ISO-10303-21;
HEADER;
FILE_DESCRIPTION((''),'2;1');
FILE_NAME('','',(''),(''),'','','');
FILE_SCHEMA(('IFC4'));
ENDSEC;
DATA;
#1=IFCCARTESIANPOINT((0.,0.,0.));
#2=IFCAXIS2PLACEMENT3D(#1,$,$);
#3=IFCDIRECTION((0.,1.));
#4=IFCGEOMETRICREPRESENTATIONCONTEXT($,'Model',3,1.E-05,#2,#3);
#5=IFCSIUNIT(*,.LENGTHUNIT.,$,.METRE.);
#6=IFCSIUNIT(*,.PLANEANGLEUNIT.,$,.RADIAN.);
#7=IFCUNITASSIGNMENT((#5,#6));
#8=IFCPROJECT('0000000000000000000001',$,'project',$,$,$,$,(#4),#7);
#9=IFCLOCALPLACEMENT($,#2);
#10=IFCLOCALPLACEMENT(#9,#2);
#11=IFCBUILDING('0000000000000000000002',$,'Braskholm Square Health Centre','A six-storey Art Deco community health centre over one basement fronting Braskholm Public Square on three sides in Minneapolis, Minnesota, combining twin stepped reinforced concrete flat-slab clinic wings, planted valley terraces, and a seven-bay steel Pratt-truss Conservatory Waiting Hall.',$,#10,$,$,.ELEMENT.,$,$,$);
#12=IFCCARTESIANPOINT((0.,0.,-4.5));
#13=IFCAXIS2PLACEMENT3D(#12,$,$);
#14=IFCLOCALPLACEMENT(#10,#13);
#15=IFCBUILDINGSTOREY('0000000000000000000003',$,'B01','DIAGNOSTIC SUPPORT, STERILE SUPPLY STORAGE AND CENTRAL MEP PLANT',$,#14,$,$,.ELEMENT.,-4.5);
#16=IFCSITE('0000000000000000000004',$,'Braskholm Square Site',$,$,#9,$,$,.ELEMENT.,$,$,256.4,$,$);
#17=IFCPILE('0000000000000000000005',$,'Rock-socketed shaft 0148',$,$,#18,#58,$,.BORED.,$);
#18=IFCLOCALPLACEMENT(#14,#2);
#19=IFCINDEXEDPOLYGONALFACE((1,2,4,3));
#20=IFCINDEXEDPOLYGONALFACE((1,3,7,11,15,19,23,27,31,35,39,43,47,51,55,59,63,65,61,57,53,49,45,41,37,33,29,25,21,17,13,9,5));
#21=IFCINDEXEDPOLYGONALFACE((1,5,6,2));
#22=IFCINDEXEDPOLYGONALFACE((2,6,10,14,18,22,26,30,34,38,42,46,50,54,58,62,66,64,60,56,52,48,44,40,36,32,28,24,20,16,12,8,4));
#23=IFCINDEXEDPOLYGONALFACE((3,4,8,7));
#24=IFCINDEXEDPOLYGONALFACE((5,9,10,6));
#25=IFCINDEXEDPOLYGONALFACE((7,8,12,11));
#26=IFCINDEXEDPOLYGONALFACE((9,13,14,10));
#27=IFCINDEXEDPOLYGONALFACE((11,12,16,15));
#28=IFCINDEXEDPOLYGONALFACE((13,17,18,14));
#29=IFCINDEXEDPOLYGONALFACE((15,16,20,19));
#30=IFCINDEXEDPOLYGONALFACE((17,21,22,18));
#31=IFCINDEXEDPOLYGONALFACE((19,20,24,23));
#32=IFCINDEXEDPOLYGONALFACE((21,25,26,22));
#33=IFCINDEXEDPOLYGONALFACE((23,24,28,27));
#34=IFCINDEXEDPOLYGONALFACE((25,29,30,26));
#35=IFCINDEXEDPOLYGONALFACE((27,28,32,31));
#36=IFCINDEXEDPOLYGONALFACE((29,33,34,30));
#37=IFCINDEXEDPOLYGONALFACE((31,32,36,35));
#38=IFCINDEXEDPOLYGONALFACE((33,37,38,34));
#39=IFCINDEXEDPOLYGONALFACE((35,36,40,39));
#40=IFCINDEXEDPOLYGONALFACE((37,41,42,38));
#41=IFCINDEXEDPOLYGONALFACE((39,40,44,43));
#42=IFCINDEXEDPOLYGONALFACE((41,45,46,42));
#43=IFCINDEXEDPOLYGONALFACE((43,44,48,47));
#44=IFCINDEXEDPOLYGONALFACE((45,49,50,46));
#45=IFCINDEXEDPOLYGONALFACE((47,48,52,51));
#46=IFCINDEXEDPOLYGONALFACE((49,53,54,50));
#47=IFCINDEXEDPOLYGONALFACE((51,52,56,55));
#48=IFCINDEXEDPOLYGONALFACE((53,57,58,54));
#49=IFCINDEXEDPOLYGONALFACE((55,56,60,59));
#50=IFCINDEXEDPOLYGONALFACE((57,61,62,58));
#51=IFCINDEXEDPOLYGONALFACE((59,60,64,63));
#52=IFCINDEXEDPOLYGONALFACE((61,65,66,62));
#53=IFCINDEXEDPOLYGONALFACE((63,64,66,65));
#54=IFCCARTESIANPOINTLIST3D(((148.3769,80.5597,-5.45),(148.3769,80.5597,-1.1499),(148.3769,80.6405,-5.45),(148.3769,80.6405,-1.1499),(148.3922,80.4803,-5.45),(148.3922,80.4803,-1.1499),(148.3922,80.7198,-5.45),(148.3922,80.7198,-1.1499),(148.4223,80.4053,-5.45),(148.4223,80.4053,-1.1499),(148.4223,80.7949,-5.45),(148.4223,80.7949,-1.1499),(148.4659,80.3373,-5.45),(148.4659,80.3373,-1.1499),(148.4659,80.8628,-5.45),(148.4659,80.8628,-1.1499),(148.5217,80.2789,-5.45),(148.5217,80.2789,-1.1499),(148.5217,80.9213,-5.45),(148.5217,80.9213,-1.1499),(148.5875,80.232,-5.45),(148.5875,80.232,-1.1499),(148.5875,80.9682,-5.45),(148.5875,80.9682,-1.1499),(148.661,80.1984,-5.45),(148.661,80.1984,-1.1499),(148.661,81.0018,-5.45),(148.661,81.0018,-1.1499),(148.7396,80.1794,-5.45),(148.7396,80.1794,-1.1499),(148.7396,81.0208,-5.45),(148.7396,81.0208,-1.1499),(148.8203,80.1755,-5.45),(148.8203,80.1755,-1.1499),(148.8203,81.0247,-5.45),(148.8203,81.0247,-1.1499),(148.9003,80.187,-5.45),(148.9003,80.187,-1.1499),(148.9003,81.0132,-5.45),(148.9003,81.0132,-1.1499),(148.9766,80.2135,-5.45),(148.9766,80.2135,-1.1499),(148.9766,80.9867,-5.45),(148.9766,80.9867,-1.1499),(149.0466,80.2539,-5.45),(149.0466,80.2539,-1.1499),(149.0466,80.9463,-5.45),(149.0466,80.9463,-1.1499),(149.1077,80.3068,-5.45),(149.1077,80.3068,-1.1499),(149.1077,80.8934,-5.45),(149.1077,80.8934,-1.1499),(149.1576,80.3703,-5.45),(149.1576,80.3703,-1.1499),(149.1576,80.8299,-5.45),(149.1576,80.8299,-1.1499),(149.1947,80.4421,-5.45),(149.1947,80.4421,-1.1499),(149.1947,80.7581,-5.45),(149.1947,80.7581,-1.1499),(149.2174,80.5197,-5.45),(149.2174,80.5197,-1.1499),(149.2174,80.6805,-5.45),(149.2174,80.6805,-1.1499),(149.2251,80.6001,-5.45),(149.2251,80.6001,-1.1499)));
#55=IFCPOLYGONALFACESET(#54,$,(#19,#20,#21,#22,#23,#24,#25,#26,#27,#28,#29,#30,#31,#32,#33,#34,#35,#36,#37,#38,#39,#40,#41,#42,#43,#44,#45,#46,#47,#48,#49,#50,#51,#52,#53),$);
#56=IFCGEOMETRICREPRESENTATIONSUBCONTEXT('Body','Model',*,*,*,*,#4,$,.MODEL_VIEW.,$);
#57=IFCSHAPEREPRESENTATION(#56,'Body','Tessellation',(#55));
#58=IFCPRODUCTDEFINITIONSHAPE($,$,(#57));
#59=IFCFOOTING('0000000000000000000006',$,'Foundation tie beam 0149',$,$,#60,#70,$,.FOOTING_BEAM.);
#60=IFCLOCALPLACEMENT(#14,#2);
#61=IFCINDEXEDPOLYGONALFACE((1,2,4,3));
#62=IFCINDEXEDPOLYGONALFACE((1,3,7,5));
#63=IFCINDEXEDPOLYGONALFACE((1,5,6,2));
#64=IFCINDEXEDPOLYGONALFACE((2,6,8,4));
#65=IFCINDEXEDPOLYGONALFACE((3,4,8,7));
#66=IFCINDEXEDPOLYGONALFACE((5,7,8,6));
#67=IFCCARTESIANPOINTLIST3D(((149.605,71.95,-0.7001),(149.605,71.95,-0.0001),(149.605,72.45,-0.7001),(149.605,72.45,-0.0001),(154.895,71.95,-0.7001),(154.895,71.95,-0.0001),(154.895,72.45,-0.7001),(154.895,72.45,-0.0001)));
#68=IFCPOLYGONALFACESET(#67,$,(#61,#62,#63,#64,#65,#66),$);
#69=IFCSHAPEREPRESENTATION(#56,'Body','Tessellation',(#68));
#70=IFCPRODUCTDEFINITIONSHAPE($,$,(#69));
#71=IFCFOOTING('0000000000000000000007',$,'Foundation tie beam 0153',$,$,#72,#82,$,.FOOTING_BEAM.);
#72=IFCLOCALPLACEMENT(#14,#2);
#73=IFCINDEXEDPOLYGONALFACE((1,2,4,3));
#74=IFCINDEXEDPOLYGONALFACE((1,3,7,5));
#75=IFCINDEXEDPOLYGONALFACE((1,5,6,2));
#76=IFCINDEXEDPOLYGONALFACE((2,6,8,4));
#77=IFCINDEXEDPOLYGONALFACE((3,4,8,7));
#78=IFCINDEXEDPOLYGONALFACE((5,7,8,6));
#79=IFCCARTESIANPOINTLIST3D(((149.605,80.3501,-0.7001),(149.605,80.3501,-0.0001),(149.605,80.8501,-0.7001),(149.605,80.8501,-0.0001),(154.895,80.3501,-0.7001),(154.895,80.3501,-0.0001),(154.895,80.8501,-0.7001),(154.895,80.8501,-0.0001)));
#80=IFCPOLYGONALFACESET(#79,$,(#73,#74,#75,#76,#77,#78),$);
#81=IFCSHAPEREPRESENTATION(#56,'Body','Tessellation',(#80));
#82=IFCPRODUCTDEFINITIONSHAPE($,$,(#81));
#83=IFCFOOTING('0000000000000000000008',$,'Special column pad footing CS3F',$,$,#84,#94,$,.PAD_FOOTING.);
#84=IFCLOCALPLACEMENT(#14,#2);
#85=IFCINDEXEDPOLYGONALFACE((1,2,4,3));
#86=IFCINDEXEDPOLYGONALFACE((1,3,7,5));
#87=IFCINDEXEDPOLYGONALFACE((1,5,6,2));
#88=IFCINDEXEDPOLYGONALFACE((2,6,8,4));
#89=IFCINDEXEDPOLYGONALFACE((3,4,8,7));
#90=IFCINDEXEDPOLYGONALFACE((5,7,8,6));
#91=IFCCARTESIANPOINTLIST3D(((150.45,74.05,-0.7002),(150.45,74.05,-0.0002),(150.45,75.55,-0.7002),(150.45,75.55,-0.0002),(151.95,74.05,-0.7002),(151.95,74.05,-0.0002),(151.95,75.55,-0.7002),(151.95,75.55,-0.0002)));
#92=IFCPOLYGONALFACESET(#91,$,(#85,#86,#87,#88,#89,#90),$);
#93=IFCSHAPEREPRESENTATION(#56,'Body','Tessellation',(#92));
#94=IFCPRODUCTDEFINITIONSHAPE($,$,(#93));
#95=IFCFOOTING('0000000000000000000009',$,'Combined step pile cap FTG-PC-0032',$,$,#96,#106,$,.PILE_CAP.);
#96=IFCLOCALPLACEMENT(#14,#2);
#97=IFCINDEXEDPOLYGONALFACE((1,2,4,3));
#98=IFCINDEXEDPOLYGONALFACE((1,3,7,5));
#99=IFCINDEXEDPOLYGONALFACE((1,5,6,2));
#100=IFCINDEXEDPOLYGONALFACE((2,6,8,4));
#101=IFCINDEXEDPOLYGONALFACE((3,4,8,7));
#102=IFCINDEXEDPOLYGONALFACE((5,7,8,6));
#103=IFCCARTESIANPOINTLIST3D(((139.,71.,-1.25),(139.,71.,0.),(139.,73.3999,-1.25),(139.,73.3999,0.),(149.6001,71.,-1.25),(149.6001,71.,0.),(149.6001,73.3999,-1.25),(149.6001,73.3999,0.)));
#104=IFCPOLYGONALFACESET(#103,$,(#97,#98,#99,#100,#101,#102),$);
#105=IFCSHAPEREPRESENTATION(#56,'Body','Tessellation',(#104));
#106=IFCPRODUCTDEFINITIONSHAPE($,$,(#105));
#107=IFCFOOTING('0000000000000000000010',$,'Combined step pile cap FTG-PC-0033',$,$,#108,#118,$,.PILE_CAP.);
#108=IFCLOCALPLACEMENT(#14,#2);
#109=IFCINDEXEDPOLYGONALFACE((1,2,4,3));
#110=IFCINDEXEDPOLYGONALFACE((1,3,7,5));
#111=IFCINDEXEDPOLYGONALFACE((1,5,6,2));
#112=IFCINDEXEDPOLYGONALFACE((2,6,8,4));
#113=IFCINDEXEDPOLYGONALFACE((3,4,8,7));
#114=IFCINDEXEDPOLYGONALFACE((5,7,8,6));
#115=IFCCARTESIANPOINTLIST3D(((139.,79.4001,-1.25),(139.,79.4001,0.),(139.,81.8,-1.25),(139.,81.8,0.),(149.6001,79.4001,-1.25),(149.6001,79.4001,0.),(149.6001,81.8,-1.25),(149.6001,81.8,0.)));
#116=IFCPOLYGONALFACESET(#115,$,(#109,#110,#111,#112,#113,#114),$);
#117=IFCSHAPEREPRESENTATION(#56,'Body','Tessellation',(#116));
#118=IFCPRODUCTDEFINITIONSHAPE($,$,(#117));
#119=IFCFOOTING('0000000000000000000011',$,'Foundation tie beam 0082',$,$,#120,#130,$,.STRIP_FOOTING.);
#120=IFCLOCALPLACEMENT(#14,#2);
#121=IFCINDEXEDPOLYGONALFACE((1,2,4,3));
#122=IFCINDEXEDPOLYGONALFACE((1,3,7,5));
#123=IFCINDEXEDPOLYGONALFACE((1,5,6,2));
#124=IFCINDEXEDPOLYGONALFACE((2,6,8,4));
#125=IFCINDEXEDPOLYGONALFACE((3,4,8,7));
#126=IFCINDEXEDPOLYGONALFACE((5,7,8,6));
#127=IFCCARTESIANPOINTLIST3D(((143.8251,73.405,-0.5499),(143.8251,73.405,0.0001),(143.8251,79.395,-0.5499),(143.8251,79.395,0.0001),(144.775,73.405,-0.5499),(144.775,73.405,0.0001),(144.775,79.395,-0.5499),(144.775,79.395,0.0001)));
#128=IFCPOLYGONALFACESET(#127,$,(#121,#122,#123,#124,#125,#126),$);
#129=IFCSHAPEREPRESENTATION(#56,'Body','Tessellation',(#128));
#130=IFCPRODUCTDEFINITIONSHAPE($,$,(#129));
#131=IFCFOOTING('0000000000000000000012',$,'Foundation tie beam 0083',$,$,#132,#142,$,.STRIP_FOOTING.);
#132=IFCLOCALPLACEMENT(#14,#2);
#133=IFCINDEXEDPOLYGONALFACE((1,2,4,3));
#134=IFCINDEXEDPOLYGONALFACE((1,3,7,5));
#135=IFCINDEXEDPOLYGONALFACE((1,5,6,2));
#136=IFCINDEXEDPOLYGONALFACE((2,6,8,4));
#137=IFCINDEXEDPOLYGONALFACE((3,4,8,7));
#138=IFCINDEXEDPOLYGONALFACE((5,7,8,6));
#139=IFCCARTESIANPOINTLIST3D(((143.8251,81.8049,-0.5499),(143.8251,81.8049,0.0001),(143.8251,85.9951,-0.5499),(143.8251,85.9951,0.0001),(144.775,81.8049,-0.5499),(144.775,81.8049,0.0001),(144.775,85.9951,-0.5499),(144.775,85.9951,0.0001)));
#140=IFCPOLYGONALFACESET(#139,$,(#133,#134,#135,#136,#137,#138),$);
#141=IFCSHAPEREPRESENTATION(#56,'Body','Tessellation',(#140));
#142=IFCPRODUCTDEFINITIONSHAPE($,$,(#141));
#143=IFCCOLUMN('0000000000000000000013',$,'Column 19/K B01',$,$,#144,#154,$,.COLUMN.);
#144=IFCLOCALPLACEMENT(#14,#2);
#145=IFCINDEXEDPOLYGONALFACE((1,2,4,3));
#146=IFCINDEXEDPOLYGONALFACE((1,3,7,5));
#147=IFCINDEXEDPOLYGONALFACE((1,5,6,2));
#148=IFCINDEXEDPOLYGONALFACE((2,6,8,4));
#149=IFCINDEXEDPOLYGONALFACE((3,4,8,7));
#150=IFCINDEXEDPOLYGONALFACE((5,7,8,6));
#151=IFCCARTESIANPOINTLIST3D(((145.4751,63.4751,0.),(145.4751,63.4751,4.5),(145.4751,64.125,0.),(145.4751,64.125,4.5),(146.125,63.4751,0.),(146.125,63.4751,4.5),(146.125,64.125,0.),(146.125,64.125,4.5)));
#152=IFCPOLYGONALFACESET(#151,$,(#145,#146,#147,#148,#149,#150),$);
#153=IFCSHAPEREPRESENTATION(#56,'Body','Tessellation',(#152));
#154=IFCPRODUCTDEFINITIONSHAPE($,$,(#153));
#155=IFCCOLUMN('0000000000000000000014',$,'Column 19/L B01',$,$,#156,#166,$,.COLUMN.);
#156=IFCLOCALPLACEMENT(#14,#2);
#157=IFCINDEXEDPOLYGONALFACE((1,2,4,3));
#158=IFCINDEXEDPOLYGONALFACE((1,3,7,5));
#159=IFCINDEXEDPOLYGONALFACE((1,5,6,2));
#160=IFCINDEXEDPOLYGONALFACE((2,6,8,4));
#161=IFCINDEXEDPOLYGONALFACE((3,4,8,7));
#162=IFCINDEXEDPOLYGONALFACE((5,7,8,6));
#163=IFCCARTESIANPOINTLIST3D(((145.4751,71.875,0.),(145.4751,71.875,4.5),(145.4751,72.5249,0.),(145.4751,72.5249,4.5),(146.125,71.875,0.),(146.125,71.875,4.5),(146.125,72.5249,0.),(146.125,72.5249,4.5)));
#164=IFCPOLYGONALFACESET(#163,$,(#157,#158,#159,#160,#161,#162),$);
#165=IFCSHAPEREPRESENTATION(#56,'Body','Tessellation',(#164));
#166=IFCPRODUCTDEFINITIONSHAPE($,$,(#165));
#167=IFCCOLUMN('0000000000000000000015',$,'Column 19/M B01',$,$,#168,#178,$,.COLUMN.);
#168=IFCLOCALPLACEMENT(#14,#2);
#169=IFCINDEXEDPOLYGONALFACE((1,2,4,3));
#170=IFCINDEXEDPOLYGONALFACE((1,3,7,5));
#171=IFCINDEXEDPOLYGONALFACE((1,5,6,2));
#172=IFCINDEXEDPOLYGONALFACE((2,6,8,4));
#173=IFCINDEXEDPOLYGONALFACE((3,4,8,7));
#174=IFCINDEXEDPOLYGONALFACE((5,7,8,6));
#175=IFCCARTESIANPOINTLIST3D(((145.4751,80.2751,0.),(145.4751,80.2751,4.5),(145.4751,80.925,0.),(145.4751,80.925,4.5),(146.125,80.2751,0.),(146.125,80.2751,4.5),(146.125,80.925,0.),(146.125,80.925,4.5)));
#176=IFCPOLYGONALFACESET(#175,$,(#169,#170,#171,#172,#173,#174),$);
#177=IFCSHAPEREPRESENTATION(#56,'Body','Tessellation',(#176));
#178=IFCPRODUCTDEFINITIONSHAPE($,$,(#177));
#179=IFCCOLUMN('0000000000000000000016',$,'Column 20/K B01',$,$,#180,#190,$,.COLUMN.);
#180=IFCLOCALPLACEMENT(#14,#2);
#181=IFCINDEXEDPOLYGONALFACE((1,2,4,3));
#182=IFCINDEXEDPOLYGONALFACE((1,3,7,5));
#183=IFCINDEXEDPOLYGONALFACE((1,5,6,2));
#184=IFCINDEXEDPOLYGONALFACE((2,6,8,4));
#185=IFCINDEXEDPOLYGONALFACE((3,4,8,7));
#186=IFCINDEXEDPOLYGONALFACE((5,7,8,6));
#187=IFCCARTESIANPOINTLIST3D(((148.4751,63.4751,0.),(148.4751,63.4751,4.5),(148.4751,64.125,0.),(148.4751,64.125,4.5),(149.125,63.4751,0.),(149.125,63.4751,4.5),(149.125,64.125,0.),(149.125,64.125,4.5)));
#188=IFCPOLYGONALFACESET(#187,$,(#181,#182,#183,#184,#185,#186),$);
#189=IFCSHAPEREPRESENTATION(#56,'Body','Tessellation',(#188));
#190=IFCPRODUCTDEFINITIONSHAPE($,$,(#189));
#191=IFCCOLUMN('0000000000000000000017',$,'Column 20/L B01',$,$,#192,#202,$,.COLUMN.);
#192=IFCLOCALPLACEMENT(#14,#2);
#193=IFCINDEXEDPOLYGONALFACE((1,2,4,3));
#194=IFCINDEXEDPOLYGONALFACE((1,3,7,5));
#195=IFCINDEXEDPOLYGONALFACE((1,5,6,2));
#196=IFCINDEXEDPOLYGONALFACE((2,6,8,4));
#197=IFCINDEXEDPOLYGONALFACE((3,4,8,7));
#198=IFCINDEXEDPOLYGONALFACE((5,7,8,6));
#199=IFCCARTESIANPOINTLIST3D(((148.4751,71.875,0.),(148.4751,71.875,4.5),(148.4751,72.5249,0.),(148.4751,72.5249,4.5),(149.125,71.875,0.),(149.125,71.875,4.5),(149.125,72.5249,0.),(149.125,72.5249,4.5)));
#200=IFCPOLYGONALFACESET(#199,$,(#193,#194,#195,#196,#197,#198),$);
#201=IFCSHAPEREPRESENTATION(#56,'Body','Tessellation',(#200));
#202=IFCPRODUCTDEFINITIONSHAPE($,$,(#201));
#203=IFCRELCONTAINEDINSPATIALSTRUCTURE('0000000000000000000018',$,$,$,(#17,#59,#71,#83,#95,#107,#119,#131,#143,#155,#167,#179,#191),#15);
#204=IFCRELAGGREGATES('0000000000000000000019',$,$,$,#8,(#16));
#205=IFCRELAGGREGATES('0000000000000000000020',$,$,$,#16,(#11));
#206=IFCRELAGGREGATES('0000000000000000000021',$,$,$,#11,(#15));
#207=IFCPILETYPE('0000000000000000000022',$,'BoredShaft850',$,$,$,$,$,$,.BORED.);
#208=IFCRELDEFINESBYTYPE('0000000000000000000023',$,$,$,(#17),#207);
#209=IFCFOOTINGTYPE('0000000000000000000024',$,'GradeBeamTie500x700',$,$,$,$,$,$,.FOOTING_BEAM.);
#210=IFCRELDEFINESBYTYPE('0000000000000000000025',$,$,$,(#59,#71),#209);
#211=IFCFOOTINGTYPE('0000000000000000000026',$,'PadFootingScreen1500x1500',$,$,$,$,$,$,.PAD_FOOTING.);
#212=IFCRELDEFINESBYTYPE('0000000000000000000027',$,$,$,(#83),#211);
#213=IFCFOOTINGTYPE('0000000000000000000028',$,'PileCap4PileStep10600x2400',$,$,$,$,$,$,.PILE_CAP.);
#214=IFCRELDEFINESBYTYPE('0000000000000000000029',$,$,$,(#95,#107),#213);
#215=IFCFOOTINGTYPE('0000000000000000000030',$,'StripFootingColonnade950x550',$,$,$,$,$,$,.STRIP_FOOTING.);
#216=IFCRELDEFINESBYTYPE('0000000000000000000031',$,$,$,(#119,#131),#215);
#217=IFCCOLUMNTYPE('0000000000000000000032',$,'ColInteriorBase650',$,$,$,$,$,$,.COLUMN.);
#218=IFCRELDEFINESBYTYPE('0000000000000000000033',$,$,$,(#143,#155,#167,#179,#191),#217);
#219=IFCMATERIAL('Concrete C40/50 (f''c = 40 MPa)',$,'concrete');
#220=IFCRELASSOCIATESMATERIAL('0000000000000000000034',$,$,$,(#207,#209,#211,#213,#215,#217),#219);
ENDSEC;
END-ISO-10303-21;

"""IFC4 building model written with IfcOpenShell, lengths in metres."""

from ifc_helpers import new_model, si_unit, direction, frame, origin, origin_2d, place, context, subcontext, project, spatial, rectangle, circle, extrude, material, material_profile, profile_set, type_object, element, save


model = new_model("IFC4")

# Units and contexts
model_context = context("Model", 3, precision=1e-05, world=origin(), true_north=direction((0.0, 1.0)))
body_context = subcontext(model_context, "Body", "Model", "MODEL_VIEW")
ifc_project = project(units=[si_unit("LENGTHUNIT", "METRE"), si_unit("PLANEANGLEUNIT", "RADIAN")], contexts=[model_context])

# Site, building, storey
site_placement = place(None, origin())
site = spatial("IfcSite", under=ifc_project, at=site_placement, Name="Braskholm Square Site", CompositionType="ELEMENT", RefElevation=256.4)
building_placement = place(site_placement, origin())
building = spatial("IfcBuilding", under=site, at=building_placement, Name="Braskholm Square Health Centre", Description="A six-storey Art Deco community health centre over one basement fronting Braskholm Public Square on three sides in Minneapolis, Minnesota, combining twin stepped reinforced concrete flat-slab clinic wings, planted valley terraces, and a seven-bay steel Pratt-truss Conservatory Waiting Hall.", CompositionType="ELEMENT")
storey_placement = place(building_placement, frame((0.0, 0.0, -4.5)))
storey = spatial("IfcBuildingStorey", under=building, at=storey_placement, Name="B01", Description="DIAGNOSTIC SUPPORT, STERILE SUPPLY STORAGE AND CENTRAL MEP PLANT", CompositionType="ELEMENT", Elevation=-4.5)

# Pile
ifc_material_1 = material(Name="Concrete C40/50 (f'c = 40 MPa)", Category="concrete")
ifc_material_profile_1 = material_profile(ifc_material_1, circle(Radius=0.425, at=origin_2d()), Name="BORED-PILE-850")
ifc_profile_set_1 = profile_set([ifc_material_profile_1], Name="Concrete C40/50 (f'c = 40 MPa)")
pile_type = type_object("IfcPileType", Name="BoredShaft850", PredefinedType="BORED", material=ifc_profile_set_1)
for number, where, z_axis, x_axis, name in (
    (1, (148.8, 80.6001, -1.1499), (0.0, 0.0, -1.0), (1.0, 0.0, 0.0), "Rock-socketed shaft 0148"),
):
    element("IfcPile", number, at=place(storey_placement, frame(where, z_axis=z_axis, x_axis=x_axis)), inside=storey, type_object=pile_type, Name=name, PredefinedType="BORED", context=body_context, shape_type="SweptSolid", body=[
        extrude(circle(Radius=0.425, at=origin_2d()), origin(), (0.0, 0.0, 1.0), 4.3),
    ])

# Footings
ifc_material_profile_2 = material_profile(ifc_material_1, rectangle(XDim=0.5, YDim=0.7, at=origin_2d()), Name="FTG-500X700")
ifc_profile_set_2 = profile_set([ifc_material_profile_2], Name="Concrete C40/50 (f'c = 40 MPa)")
footing_type_1 = type_object("IfcFootingType", Name="GradeBeamTie500x700", PredefinedType="FOOTING_BEAM", material=ifc_profile_set_2)
for number, where, z_axis, x_axis, name in (
    (2, (149.605, 72.2, -0.3501), (1.0, 0.0, 0.0), (0.0, 1.0, 0.0), "Foundation tie beam 0149"),
    (3, (149.605, 80.6001, -0.3501), (1.0, 0.0, 0.0), (0.0, 1.0, 0.0), "Foundation tie beam 0153"),
):
    element("IfcFooting", number, at=place(storey_placement, frame(where, z_axis=z_axis, x_axis=x_axis)), inside=storey, type_object=footing_type_1, Name=name, PredefinedType="FOOTING_BEAM", context=body_context, shape_type="SweptSolid", body=[
        extrude(rectangle(XDim=0.5, YDim=0.7, at=origin_2d()), origin(), (0.0, 0.0, 1.0), 5.29),
    ])
footing_type_2 = type_object("IfcFootingType", Name="PadFootingScreen1500x1500", PredefinedType="PAD_FOOTING", material=ifc_material_1)
footing_1_placement = place(storey_placement, frame((151.2, 74.8, -0.7002), z_axis=(0.0, 0.0, 1.0), x_axis=(1.0, 0.0, 0.0)))
element("IfcFooting", 4, at=footing_1_placement, inside=storey, type_object=footing_type_2, Name="Special column pad footing CS3F", PredefinedType="PAD_FOOTING", context=body_context, shape_type="SweptSolid", body=[
    extrude(rectangle(XDim=1.5, YDim=1.5, at=origin_2d()), origin(), (0.0, 0.0, 1.0), 0.7),
])
footing_type_3 = type_object("IfcFootingType", Name="PileCap4PileStep10600x2400", PredefinedType="PILE_CAP", material=ifc_material_1)
for number, where, z_axis, x_axis, name in (
    (5, (144.3, 72.2, -1.25), (0.0, 0.0, 1.0), (1.0, 0.0, 0.0), "Combined step pile cap FTG-PC-0032"),
    (6, (144.3, 80.6001, -1.25), (0.0, 0.0, 1.0), (1.0, 0.0, 0.0), "Combined step pile cap FTG-PC-0033"),
):
    element("IfcFooting", number, at=place(storey_placement, frame(where, z_axis=z_axis, x_axis=x_axis)), inside=storey, type_object=footing_type_3, Name=name, PredefinedType="PILE_CAP", context=body_context, shape_type="SweptSolid", body=[
        extrude(rectangle(XDim=10.6001, YDim=2.3999, at=origin_2d()), origin(), (0.0, 0.0, 1.0), 1.25),
    ])
ifc_material_profile_3 = material_profile(ifc_material_1, rectangle(XDim=0.95, YDim=0.55, at=origin_2d()), Name="FTG-950X550")
ifc_profile_set_3 = profile_set([ifc_material_profile_3], Name="Concrete C40/50 (f'c = 40 MPa)")
footing_type_4 = type_object("IfcFootingType", Name="StripFootingColonnade950x550", PredefinedType="STRIP_FOOTING", material=ifc_profile_set_3)
footing_2_placement = place(storey_placement, frame((144.3, 73.405, -0.2749), z_axis=(0.0, 1.0, 0.0), x_axis=(-1.0, 0.0, 0.0)))
element("IfcFooting", 7, at=footing_2_placement, inside=storey, type_object=footing_type_4, Name="Foundation tie beam 0082", PredefinedType="STRIP_FOOTING", context=body_context, shape_type="SweptSolid", body=[
    extrude(rectangle(XDim=0.95, YDim=0.55, at=origin_2d()), origin(), (0.0, 0.0, 1.0), 5.99),
])
footing_3_placement = place(storey_placement, frame((144.3, 81.8049, -0.2749), z_axis=(0.0, 1.0, 0.0), x_axis=(-1.0, 0.0, 0.0)))
element("IfcFooting", 8, at=footing_3_placement, inside=storey, type_object=footing_type_4, Name="Foundation tie beam 0083", PredefinedType="STRIP_FOOTING", context=body_context, shape_type="SweptSolid", body=[
    extrude(rectangle(XDim=0.95, YDim=0.55, at=origin_2d()), origin(), (0.0, 0.0, 1.0), 4.1902),
])

# Columns
ifc_material_profile_4 = material_profile(ifc_material_1, rectangle(XDim=0.6499, YDim=0.6499, at=origin_2d()), Name="RC-650X650")
ifc_profile_set_4 = profile_set([ifc_material_profile_4], Name="Concrete C40/50 (f'c = 40 MPa)")
column_type = type_object("IfcColumnType", Name="ColInteriorBase650", PredefinedType="COLUMN", material=ifc_profile_set_4)
for number, where, z_axis, x_axis, name in (
    (9, (145.8, 63.8, 0.0), (0.0, 0.0, 1.0), (1.0, 0.0, 0.0), "Column 19/K B01"),
    (10, (145.8, 72.2, 0.0), (0.0, 0.0, 1.0), (1.0, 0.0, 0.0), "Column 19/L B01"),
    (11, (145.8, 80.6001, 0.0), (0.0, 0.0, 1.0), (1.0, 0.0, 0.0), "Column 19/M B01"),
    (12, (148.8, 63.8, 0.0), (0.0, 0.0, 1.0), (1.0, 0.0, 0.0), "Column 20/K B01"),
    (13, (148.8, 72.2, 0.0), (0.0, 0.0, 1.0), (1.0, 0.0, 0.0), "Column 20/L B01"),
):
    element("IfcColumn", number, at=place(storey_placement, frame(where, z_axis=z_axis, x_axis=x_axis)), inside=storey, type_object=column_type, Name=name, PredefinedType="COLUMN", context=body_context, shape_type="SweptSolid", body=[
        extrude(rectangle(XDim=0.6499, YDim=0.6499, at=origin_2d()), origin(), (0.0, 0.0, 1.0), 4.5),
    ])

save(model, "model.ifc")
